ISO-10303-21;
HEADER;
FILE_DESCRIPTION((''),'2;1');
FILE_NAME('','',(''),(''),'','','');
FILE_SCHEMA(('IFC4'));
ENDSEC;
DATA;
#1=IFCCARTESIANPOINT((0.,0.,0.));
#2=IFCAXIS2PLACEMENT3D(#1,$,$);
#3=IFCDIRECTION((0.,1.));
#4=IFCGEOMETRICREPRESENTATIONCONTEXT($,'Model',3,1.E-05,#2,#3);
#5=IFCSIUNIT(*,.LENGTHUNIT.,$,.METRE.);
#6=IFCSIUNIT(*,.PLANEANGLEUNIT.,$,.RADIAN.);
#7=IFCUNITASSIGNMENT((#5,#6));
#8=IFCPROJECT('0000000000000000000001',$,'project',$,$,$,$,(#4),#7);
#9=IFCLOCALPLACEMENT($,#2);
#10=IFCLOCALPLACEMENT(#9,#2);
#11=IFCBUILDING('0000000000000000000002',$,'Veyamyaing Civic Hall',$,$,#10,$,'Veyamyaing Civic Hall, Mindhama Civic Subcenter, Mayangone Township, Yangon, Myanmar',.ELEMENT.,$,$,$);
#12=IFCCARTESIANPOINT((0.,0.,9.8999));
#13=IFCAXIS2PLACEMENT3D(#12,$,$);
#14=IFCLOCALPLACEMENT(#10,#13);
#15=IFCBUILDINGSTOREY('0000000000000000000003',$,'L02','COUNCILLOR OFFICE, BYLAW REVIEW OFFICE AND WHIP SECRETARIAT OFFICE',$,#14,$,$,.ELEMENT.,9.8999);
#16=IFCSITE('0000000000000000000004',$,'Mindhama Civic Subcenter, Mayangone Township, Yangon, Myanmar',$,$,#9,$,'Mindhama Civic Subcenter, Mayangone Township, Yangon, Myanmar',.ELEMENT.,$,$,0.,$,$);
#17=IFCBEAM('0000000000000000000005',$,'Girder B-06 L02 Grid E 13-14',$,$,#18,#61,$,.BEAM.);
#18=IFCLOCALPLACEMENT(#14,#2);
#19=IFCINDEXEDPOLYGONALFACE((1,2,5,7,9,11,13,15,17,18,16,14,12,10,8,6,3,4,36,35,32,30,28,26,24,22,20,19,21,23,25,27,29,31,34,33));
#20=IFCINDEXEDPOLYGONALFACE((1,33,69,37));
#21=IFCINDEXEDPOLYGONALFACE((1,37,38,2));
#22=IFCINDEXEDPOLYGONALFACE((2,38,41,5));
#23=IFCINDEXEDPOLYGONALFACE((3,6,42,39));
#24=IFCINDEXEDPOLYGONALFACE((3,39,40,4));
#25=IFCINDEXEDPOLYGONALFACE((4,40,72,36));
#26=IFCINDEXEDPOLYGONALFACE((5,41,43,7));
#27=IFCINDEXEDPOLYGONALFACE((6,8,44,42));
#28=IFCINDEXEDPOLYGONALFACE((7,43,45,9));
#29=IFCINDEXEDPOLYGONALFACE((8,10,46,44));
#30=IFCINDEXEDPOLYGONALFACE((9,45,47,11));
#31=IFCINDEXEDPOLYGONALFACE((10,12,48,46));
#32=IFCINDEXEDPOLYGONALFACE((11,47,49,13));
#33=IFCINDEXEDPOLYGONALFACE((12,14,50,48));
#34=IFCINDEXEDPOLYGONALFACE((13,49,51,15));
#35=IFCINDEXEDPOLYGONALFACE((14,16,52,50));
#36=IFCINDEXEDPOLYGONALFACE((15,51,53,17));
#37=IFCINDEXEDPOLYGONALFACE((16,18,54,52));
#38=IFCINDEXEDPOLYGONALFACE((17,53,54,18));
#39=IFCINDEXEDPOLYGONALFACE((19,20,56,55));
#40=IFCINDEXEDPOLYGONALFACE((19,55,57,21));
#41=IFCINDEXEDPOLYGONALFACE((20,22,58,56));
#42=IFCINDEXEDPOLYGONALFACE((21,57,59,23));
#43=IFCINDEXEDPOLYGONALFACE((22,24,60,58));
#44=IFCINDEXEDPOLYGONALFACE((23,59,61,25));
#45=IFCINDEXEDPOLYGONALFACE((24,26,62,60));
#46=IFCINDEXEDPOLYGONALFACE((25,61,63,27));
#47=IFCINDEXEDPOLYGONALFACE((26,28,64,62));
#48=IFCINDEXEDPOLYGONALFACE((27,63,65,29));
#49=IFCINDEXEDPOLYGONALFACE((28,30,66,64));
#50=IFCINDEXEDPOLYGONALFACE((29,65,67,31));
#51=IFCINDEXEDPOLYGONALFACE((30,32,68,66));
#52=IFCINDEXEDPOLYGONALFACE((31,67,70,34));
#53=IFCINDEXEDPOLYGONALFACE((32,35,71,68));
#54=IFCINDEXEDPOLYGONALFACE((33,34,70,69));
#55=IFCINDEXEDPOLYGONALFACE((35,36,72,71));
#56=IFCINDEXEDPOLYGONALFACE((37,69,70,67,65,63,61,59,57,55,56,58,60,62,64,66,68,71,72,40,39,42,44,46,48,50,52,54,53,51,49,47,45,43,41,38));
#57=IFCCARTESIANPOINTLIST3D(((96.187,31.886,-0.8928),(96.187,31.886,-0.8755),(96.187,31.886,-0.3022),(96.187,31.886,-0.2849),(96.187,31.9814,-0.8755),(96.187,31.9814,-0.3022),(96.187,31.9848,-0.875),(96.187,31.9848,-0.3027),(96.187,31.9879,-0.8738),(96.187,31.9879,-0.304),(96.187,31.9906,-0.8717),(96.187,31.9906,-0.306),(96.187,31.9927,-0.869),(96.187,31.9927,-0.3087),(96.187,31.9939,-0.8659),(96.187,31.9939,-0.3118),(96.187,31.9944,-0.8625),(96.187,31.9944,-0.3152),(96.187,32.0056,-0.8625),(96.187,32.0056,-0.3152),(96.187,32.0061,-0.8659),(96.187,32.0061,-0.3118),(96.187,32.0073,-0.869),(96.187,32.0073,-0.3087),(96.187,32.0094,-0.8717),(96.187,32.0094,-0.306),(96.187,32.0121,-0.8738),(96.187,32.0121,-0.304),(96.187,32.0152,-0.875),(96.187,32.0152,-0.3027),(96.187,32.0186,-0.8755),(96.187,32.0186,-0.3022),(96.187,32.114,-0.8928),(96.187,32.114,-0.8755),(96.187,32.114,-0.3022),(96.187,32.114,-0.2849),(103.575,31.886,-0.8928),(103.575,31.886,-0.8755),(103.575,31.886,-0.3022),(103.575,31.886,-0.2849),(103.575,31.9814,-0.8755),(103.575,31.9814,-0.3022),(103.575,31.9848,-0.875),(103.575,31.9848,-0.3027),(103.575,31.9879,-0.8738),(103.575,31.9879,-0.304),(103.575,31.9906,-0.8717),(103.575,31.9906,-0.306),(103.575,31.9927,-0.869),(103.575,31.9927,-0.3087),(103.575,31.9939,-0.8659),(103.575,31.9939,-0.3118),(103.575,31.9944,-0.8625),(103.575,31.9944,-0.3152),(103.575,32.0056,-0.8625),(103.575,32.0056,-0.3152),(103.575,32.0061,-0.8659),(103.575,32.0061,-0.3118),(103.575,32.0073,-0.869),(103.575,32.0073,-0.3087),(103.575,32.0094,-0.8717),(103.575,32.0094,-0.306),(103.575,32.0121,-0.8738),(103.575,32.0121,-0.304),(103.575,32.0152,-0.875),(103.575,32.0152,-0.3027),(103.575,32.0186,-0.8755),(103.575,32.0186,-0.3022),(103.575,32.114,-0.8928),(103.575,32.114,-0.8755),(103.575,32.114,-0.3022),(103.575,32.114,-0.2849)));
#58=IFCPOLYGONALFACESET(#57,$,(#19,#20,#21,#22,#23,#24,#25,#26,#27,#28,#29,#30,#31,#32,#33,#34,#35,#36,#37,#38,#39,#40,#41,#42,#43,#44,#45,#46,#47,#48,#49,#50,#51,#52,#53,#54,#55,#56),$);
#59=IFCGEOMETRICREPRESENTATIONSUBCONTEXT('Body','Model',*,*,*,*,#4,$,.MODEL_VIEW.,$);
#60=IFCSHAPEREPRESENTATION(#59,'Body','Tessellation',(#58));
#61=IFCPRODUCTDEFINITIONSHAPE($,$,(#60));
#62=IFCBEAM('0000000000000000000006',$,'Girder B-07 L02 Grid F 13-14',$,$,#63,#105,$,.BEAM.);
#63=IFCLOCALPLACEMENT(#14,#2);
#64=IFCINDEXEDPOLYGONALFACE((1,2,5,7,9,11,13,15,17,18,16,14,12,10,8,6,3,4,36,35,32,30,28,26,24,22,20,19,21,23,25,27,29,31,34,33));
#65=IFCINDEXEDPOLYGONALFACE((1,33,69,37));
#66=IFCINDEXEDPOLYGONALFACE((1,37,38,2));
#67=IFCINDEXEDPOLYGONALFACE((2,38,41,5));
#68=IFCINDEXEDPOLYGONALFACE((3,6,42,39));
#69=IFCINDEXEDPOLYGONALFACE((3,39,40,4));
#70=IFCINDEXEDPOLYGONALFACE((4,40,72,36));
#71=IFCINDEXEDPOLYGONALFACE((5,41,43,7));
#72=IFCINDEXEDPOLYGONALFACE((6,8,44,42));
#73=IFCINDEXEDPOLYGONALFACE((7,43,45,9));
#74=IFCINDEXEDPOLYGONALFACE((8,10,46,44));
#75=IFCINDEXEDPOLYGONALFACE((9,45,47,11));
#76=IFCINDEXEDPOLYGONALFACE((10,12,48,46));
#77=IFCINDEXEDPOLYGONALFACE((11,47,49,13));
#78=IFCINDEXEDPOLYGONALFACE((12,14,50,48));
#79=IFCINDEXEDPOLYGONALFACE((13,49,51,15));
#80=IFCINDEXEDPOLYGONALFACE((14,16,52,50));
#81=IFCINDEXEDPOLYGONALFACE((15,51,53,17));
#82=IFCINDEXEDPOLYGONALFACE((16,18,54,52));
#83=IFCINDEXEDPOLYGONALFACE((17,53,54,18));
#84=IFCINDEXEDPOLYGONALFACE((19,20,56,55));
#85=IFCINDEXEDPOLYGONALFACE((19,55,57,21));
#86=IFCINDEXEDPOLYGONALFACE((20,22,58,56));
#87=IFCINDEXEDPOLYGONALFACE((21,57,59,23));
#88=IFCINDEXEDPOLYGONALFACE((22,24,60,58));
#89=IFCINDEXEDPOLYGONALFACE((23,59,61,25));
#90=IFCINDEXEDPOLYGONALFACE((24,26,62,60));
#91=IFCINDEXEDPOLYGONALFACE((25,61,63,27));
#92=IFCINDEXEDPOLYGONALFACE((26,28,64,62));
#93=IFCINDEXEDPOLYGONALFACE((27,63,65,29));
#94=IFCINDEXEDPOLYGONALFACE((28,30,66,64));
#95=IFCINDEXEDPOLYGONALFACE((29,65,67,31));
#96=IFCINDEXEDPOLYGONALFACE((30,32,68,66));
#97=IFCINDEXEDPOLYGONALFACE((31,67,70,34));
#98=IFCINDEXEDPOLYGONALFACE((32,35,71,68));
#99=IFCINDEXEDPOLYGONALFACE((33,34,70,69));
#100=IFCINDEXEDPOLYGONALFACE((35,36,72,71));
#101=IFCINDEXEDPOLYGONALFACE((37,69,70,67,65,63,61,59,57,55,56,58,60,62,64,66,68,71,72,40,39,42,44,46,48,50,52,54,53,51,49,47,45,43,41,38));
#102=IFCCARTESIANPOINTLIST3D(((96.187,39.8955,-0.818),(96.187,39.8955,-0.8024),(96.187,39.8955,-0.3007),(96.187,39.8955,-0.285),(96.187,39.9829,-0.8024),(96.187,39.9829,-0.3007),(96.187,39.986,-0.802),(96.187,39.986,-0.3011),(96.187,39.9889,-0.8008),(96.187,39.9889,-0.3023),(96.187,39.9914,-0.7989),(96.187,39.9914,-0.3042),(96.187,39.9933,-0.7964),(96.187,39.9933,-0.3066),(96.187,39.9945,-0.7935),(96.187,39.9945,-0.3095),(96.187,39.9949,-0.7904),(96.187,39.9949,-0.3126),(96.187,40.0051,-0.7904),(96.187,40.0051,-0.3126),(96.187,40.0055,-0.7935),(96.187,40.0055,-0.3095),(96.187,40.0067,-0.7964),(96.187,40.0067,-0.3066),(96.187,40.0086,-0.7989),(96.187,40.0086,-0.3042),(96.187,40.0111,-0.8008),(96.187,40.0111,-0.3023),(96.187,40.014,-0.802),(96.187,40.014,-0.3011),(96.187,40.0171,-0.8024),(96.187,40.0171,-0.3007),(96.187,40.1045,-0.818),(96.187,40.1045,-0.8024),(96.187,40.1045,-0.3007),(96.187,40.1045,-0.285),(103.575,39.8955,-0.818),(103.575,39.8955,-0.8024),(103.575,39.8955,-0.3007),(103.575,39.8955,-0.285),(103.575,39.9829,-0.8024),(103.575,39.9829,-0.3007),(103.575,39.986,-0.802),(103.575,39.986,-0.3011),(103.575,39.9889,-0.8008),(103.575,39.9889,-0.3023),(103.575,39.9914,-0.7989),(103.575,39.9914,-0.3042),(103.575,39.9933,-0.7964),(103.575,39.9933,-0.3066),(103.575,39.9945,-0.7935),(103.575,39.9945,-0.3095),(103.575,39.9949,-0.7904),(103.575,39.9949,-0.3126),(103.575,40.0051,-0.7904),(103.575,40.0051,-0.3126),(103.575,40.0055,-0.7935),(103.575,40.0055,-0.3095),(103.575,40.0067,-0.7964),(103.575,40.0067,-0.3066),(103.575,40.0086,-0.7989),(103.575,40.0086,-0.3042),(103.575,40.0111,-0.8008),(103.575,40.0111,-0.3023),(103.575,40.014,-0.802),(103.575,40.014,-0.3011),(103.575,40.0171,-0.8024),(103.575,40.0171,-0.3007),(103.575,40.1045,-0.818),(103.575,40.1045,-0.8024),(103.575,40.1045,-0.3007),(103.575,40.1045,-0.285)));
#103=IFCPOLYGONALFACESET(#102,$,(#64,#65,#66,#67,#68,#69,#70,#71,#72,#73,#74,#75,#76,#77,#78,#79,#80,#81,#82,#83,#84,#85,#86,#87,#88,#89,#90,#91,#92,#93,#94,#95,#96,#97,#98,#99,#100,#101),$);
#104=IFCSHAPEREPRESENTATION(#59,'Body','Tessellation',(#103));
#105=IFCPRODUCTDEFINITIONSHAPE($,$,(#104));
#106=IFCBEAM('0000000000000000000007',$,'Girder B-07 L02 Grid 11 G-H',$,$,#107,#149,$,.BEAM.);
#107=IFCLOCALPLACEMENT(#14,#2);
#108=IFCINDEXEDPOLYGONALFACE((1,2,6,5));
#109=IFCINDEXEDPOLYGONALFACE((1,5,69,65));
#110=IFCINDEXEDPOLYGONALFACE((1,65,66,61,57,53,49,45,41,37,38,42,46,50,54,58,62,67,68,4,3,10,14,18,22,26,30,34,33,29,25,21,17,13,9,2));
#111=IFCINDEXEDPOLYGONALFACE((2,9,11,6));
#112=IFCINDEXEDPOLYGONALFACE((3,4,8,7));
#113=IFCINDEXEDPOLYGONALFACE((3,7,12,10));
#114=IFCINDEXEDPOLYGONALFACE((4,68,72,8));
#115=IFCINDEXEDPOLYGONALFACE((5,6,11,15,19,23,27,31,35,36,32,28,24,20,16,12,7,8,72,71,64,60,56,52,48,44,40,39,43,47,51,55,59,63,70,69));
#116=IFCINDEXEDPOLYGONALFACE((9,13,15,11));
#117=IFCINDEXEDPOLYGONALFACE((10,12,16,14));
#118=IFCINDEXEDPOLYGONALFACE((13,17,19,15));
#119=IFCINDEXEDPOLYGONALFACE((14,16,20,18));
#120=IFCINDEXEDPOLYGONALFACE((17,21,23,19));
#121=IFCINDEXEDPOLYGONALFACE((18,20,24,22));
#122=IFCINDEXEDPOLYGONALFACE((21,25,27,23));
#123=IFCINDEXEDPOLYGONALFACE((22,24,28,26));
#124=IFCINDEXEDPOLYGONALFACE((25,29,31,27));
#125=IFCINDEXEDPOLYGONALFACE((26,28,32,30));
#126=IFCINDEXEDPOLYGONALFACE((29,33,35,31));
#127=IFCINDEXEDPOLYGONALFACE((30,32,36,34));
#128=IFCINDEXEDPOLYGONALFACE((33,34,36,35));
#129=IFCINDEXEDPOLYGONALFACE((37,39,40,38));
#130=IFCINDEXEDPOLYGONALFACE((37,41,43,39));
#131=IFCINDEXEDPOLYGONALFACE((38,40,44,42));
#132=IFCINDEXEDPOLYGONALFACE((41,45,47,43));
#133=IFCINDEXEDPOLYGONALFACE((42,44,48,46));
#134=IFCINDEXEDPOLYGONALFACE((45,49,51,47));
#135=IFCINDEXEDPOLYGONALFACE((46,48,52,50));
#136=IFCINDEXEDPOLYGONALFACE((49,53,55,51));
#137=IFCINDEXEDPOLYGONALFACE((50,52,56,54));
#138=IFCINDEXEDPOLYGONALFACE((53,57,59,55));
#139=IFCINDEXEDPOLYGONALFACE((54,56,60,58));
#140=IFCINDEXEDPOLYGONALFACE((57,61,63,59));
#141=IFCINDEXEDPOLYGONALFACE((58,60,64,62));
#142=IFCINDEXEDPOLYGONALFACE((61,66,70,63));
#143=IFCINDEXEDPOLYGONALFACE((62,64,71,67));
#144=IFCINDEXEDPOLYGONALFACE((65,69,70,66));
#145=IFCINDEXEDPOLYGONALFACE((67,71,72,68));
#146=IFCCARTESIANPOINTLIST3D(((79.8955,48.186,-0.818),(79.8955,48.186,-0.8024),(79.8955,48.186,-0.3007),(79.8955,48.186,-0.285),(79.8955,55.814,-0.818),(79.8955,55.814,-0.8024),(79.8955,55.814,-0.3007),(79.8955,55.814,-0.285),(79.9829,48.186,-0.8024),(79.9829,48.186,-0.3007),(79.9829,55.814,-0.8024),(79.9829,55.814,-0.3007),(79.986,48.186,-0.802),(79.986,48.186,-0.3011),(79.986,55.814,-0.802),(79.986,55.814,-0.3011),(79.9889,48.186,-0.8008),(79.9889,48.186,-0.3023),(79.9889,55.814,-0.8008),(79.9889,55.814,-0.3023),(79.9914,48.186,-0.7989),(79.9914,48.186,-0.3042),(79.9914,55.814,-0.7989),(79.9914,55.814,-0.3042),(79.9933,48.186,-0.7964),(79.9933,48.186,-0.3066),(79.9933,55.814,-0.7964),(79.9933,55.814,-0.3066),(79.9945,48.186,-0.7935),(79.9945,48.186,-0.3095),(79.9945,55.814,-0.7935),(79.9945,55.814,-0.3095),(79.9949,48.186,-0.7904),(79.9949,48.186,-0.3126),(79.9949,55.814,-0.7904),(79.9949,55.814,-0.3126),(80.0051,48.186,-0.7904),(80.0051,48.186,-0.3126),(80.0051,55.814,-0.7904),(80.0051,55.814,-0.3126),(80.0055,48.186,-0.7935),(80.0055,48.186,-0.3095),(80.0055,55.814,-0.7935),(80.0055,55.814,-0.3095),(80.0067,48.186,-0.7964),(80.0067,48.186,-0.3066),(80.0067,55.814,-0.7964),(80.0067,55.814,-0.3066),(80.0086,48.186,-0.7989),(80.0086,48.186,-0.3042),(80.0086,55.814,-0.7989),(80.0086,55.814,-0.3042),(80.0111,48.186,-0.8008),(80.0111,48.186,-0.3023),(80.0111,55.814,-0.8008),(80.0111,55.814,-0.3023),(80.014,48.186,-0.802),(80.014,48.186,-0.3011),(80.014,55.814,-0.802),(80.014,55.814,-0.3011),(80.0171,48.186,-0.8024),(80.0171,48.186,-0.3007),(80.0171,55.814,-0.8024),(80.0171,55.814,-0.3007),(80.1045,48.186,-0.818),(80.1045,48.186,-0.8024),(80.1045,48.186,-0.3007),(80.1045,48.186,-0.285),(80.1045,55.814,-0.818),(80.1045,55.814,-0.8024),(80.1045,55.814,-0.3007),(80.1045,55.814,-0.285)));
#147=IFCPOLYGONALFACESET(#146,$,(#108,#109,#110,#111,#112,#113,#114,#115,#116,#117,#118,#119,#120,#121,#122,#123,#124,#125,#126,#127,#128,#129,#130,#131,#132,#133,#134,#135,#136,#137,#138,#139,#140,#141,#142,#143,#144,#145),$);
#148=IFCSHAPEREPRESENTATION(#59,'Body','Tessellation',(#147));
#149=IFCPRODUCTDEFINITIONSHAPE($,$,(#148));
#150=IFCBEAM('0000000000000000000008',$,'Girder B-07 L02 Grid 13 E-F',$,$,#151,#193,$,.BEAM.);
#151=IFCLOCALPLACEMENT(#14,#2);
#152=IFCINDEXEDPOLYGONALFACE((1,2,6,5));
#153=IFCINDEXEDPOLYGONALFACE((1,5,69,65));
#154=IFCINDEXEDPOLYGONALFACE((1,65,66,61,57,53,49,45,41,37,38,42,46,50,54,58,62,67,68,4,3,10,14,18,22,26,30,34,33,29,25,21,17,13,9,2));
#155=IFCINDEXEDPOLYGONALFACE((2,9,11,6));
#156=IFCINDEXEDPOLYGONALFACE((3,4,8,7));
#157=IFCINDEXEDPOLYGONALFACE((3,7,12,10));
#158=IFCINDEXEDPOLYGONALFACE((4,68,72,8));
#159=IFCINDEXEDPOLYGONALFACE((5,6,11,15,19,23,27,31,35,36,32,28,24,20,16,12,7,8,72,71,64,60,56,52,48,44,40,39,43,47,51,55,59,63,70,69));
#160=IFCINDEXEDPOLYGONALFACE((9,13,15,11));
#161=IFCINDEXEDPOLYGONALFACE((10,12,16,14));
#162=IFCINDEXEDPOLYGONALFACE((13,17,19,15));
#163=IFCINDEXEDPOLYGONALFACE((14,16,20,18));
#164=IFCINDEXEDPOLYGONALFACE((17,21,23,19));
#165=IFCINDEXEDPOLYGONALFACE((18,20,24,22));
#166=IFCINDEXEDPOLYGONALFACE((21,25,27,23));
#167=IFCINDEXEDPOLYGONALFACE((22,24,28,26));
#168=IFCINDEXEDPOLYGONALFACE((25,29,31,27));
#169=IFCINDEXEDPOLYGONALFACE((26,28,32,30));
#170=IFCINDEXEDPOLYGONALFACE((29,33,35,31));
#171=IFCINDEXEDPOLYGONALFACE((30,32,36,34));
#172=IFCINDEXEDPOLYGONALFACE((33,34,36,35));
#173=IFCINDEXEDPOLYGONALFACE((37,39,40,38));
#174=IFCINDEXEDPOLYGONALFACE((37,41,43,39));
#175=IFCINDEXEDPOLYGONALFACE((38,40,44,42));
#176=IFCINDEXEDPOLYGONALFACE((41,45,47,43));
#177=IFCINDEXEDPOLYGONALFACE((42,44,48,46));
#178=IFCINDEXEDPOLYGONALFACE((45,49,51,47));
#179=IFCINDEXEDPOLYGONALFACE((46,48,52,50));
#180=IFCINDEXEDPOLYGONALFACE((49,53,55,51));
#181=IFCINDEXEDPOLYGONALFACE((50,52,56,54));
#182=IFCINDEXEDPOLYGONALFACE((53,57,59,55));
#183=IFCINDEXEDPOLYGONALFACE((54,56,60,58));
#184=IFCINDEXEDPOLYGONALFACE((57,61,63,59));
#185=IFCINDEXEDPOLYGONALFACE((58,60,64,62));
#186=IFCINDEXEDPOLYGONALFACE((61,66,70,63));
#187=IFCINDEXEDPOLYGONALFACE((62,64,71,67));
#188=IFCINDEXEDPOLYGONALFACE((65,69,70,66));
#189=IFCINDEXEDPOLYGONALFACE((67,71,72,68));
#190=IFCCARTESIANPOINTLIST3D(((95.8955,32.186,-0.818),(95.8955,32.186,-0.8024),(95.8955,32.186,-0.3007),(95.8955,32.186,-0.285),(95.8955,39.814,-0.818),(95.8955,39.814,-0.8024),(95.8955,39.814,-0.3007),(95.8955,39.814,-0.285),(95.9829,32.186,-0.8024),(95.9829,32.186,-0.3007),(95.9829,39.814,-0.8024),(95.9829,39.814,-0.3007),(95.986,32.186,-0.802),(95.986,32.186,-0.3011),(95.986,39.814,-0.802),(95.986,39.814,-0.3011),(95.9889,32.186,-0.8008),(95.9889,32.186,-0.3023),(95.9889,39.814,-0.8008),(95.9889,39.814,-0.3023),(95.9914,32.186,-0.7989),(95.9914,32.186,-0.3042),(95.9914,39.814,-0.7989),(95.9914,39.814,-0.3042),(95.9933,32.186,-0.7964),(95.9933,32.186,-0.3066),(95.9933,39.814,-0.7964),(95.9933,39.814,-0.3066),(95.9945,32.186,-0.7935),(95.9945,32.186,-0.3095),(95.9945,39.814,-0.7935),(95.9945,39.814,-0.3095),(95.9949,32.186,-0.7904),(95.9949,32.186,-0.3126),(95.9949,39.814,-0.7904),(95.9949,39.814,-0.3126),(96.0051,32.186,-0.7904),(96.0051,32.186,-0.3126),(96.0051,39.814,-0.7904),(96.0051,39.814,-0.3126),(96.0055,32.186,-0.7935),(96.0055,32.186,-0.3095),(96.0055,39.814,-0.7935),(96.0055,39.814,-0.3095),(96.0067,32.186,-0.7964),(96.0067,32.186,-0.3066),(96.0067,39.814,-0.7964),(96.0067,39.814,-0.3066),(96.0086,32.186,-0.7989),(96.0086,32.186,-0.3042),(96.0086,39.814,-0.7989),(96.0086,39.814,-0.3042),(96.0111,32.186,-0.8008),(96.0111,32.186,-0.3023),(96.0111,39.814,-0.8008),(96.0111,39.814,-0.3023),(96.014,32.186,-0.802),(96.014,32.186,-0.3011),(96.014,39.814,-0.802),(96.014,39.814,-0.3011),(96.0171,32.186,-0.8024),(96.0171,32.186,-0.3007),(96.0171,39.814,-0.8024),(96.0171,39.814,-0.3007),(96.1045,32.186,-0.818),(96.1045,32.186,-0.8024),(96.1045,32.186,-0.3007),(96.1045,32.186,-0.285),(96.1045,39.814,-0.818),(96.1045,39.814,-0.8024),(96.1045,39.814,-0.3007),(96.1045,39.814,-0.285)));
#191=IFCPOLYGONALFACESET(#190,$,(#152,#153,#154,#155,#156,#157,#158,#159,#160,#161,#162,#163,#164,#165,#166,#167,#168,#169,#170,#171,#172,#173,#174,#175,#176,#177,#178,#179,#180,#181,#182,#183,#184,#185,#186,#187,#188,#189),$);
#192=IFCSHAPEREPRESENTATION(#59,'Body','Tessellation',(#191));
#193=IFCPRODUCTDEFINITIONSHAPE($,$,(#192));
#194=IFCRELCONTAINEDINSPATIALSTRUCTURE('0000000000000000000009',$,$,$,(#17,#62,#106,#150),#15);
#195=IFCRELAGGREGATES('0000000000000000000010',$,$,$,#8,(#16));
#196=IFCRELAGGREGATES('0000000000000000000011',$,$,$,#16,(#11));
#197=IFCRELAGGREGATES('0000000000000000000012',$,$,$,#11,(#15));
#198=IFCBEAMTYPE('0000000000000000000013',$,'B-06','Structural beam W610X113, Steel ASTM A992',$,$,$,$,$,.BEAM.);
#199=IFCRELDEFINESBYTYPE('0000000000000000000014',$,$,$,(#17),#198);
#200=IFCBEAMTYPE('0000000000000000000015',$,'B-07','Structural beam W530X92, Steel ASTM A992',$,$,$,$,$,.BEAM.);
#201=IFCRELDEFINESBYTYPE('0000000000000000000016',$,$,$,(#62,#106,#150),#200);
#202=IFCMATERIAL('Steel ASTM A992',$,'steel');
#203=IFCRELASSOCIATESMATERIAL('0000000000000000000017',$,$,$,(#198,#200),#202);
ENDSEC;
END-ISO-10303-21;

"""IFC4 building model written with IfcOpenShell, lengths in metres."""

from ifc_helpers import new_model, si_unit, direction, frame, origin, origin_2d, place, context, subcontext, project, spatial, i_section, extrude, material, material_profile, profile_set, type_object, element, save


model = new_model("IFC4")

# Units and contexts
model_context = context("Model", 3, precision=1e-05, world=origin(), true_north=direction((0.0, 1.0)))
body_context = subcontext(model_context, "Body", "Model", "MODEL_VIEW")
ifc_project = project(units=[si_unit("LENGTHUNIT", "METRE"), si_unit("PLANEANGLEUNIT", "RADIAN")], contexts=[model_context])

# Site, building, storey
site_placement = place(None, origin())
site = spatial("IfcSite", under=ifc_project, at=site_placement, Name="Mindhama Civic Subcenter, Mayangone Township, Yangon, Myanmar", LongName="Mindhama Civic Subcenter, Mayangone Township, Yangon, Myanmar", CompositionType="ELEMENT", RefElevation=0.0)
building_placement = place(site_placement, origin())
building = spatial("IfcBuilding", under=site, at=building_placement, Name="Veyamyaing Civic Hall", LongName="Veyamyaing Civic Hall, Mindhama Civic Subcenter, Mayangone Township, Yangon, Myanmar", CompositionType="ELEMENT")
storey_placement = place(building_placement, frame((0.0, 0.0, 9.8999)))
storey = spatial("IfcBuildingStorey", under=building, at=storey_placement, Name="L02", Description="COUNCILLOR OFFICE, BYLAW REVIEW OFFICE AND WHIP SECRETARIAT OFFICE", CompositionType="ELEMENT", Elevation=9.8999)

# Beams
ifc_material_1 = material(Name="Steel ASTM A992", Category="steel")
ifc_material_profile_1 = material_profile(ifc_material_1, i_section(OverallWidth=0.228, OverallDepth=0.6079, WebThickness=0.0112, FlangeThickness=0.0173, FilletRadius=0.0129, at=origin_2d()), Name="W610X113")
ifc_profile_set_1 = profile_set([ifc_material_profile_1], Name="Steel ASTM A992")
beam_type_1 = type_object("IfcBeamType", Name="B-06", Description="Structural beam W610X113, Steel ASTM A992", PredefinedType="BEAM", material=ifc_profile_set_1)
beam_1_placement = place(storey_placement, frame((96.187, 32.0, -0.5889), z_axis=(1.0, 0.0, 0.0), x_axis=(0.0, 1.0, 0.0)))
element("IfcBeam", 1, at=beam_1_placement, inside=storey, type_object=beam_type_1, Name="Girder B-06 L02 Grid E 13-14", PredefinedType="BEAM", context=body_context, shape_type="SweptSolid", body=[
    extrude(i_section(OverallWidth=0.228, OverallDepth=0.6079, WebThickness=0.0112, FlangeThickness=0.0173, FilletRadius=0.0129, at=origin_2d()), origin(), (0.0, 0.0, 1.0), 7.3879),
])
ifc_material_profile_2 = material_profile(ifc_material_1, i_section(OverallWidth=0.209, OverallDepth=0.533, WebThickness=0.0103, FlangeThickness=0.0156, FilletRadius=0.012, at=origin_2d()), Name="W530X92")
ifc_profile_set_2 = profile_set([ifc_material_profile_2], Name="Steel ASTM A992")
beam_type_2 = type_object("IfcBeamType", Name="B-07", Description="Structural beam W530X92, Steel ASTM A992", PredefinedType="BEAM", material=ifc_profile_set_2)
beam_2_placement = place(storey_placement, frame((96.187, 40.0, -0.5515), z_axis=(1.0, 0.0, 0.0), x_axis=(0.0, 1.0, 0.0)))
element("IfcBeam", 2, at=beam_2_placement, inside=storey, type_object=beam_type_2, Name="Girder B-07 L02 Grid F 13-14", PredefinedType="BEAM", context=body_context, shape_type="SweptSolid", body=[
    extrude(i_section(OverallWidth=0.209, OverallDepth=0.533, WebThickness=0.0103, FlangeThickness=0.0156, FilletRadius=0.012, at=origin_2d()), origin(), (0.0, 0.0, 1.0), 7.3879),
])
for number, where, z_axis, x_axis, name in (
    (3, (80.0, 48.186, -0.5515), (0.0, 1.0, 0.0), (-1.0, 0.0, 0.0), "Girder B-07 L02 Grid 11 G-H"),
    (4, (96.0, 32.186, -0.5515), (0.0, 1.0, 0.0), (-1.0, 0.0, 0.0), "Girder B-07 L02 Grid 13 E-F"),
):
    element("IfcBeam", number, at=place(storey_placement, frame(where, z_axis=z_axis, x_axis=x_axis)), inside=storey, type_object=beam_type_2, Name=name, PredefinedType="BEAM", context=body_context, shape_type="SweptSolid", body=[
        extrude(i_section(OverallWidth=0.209, OverallDepth=0.533, WebThickness=0.0103, FlangeThickness=0.0156, FilletRadius=0.012, at=origin_2d()), origin(), (0.0, 0.0, 1.0), 7.6279),
    ])

save(model, "model.ifc")
